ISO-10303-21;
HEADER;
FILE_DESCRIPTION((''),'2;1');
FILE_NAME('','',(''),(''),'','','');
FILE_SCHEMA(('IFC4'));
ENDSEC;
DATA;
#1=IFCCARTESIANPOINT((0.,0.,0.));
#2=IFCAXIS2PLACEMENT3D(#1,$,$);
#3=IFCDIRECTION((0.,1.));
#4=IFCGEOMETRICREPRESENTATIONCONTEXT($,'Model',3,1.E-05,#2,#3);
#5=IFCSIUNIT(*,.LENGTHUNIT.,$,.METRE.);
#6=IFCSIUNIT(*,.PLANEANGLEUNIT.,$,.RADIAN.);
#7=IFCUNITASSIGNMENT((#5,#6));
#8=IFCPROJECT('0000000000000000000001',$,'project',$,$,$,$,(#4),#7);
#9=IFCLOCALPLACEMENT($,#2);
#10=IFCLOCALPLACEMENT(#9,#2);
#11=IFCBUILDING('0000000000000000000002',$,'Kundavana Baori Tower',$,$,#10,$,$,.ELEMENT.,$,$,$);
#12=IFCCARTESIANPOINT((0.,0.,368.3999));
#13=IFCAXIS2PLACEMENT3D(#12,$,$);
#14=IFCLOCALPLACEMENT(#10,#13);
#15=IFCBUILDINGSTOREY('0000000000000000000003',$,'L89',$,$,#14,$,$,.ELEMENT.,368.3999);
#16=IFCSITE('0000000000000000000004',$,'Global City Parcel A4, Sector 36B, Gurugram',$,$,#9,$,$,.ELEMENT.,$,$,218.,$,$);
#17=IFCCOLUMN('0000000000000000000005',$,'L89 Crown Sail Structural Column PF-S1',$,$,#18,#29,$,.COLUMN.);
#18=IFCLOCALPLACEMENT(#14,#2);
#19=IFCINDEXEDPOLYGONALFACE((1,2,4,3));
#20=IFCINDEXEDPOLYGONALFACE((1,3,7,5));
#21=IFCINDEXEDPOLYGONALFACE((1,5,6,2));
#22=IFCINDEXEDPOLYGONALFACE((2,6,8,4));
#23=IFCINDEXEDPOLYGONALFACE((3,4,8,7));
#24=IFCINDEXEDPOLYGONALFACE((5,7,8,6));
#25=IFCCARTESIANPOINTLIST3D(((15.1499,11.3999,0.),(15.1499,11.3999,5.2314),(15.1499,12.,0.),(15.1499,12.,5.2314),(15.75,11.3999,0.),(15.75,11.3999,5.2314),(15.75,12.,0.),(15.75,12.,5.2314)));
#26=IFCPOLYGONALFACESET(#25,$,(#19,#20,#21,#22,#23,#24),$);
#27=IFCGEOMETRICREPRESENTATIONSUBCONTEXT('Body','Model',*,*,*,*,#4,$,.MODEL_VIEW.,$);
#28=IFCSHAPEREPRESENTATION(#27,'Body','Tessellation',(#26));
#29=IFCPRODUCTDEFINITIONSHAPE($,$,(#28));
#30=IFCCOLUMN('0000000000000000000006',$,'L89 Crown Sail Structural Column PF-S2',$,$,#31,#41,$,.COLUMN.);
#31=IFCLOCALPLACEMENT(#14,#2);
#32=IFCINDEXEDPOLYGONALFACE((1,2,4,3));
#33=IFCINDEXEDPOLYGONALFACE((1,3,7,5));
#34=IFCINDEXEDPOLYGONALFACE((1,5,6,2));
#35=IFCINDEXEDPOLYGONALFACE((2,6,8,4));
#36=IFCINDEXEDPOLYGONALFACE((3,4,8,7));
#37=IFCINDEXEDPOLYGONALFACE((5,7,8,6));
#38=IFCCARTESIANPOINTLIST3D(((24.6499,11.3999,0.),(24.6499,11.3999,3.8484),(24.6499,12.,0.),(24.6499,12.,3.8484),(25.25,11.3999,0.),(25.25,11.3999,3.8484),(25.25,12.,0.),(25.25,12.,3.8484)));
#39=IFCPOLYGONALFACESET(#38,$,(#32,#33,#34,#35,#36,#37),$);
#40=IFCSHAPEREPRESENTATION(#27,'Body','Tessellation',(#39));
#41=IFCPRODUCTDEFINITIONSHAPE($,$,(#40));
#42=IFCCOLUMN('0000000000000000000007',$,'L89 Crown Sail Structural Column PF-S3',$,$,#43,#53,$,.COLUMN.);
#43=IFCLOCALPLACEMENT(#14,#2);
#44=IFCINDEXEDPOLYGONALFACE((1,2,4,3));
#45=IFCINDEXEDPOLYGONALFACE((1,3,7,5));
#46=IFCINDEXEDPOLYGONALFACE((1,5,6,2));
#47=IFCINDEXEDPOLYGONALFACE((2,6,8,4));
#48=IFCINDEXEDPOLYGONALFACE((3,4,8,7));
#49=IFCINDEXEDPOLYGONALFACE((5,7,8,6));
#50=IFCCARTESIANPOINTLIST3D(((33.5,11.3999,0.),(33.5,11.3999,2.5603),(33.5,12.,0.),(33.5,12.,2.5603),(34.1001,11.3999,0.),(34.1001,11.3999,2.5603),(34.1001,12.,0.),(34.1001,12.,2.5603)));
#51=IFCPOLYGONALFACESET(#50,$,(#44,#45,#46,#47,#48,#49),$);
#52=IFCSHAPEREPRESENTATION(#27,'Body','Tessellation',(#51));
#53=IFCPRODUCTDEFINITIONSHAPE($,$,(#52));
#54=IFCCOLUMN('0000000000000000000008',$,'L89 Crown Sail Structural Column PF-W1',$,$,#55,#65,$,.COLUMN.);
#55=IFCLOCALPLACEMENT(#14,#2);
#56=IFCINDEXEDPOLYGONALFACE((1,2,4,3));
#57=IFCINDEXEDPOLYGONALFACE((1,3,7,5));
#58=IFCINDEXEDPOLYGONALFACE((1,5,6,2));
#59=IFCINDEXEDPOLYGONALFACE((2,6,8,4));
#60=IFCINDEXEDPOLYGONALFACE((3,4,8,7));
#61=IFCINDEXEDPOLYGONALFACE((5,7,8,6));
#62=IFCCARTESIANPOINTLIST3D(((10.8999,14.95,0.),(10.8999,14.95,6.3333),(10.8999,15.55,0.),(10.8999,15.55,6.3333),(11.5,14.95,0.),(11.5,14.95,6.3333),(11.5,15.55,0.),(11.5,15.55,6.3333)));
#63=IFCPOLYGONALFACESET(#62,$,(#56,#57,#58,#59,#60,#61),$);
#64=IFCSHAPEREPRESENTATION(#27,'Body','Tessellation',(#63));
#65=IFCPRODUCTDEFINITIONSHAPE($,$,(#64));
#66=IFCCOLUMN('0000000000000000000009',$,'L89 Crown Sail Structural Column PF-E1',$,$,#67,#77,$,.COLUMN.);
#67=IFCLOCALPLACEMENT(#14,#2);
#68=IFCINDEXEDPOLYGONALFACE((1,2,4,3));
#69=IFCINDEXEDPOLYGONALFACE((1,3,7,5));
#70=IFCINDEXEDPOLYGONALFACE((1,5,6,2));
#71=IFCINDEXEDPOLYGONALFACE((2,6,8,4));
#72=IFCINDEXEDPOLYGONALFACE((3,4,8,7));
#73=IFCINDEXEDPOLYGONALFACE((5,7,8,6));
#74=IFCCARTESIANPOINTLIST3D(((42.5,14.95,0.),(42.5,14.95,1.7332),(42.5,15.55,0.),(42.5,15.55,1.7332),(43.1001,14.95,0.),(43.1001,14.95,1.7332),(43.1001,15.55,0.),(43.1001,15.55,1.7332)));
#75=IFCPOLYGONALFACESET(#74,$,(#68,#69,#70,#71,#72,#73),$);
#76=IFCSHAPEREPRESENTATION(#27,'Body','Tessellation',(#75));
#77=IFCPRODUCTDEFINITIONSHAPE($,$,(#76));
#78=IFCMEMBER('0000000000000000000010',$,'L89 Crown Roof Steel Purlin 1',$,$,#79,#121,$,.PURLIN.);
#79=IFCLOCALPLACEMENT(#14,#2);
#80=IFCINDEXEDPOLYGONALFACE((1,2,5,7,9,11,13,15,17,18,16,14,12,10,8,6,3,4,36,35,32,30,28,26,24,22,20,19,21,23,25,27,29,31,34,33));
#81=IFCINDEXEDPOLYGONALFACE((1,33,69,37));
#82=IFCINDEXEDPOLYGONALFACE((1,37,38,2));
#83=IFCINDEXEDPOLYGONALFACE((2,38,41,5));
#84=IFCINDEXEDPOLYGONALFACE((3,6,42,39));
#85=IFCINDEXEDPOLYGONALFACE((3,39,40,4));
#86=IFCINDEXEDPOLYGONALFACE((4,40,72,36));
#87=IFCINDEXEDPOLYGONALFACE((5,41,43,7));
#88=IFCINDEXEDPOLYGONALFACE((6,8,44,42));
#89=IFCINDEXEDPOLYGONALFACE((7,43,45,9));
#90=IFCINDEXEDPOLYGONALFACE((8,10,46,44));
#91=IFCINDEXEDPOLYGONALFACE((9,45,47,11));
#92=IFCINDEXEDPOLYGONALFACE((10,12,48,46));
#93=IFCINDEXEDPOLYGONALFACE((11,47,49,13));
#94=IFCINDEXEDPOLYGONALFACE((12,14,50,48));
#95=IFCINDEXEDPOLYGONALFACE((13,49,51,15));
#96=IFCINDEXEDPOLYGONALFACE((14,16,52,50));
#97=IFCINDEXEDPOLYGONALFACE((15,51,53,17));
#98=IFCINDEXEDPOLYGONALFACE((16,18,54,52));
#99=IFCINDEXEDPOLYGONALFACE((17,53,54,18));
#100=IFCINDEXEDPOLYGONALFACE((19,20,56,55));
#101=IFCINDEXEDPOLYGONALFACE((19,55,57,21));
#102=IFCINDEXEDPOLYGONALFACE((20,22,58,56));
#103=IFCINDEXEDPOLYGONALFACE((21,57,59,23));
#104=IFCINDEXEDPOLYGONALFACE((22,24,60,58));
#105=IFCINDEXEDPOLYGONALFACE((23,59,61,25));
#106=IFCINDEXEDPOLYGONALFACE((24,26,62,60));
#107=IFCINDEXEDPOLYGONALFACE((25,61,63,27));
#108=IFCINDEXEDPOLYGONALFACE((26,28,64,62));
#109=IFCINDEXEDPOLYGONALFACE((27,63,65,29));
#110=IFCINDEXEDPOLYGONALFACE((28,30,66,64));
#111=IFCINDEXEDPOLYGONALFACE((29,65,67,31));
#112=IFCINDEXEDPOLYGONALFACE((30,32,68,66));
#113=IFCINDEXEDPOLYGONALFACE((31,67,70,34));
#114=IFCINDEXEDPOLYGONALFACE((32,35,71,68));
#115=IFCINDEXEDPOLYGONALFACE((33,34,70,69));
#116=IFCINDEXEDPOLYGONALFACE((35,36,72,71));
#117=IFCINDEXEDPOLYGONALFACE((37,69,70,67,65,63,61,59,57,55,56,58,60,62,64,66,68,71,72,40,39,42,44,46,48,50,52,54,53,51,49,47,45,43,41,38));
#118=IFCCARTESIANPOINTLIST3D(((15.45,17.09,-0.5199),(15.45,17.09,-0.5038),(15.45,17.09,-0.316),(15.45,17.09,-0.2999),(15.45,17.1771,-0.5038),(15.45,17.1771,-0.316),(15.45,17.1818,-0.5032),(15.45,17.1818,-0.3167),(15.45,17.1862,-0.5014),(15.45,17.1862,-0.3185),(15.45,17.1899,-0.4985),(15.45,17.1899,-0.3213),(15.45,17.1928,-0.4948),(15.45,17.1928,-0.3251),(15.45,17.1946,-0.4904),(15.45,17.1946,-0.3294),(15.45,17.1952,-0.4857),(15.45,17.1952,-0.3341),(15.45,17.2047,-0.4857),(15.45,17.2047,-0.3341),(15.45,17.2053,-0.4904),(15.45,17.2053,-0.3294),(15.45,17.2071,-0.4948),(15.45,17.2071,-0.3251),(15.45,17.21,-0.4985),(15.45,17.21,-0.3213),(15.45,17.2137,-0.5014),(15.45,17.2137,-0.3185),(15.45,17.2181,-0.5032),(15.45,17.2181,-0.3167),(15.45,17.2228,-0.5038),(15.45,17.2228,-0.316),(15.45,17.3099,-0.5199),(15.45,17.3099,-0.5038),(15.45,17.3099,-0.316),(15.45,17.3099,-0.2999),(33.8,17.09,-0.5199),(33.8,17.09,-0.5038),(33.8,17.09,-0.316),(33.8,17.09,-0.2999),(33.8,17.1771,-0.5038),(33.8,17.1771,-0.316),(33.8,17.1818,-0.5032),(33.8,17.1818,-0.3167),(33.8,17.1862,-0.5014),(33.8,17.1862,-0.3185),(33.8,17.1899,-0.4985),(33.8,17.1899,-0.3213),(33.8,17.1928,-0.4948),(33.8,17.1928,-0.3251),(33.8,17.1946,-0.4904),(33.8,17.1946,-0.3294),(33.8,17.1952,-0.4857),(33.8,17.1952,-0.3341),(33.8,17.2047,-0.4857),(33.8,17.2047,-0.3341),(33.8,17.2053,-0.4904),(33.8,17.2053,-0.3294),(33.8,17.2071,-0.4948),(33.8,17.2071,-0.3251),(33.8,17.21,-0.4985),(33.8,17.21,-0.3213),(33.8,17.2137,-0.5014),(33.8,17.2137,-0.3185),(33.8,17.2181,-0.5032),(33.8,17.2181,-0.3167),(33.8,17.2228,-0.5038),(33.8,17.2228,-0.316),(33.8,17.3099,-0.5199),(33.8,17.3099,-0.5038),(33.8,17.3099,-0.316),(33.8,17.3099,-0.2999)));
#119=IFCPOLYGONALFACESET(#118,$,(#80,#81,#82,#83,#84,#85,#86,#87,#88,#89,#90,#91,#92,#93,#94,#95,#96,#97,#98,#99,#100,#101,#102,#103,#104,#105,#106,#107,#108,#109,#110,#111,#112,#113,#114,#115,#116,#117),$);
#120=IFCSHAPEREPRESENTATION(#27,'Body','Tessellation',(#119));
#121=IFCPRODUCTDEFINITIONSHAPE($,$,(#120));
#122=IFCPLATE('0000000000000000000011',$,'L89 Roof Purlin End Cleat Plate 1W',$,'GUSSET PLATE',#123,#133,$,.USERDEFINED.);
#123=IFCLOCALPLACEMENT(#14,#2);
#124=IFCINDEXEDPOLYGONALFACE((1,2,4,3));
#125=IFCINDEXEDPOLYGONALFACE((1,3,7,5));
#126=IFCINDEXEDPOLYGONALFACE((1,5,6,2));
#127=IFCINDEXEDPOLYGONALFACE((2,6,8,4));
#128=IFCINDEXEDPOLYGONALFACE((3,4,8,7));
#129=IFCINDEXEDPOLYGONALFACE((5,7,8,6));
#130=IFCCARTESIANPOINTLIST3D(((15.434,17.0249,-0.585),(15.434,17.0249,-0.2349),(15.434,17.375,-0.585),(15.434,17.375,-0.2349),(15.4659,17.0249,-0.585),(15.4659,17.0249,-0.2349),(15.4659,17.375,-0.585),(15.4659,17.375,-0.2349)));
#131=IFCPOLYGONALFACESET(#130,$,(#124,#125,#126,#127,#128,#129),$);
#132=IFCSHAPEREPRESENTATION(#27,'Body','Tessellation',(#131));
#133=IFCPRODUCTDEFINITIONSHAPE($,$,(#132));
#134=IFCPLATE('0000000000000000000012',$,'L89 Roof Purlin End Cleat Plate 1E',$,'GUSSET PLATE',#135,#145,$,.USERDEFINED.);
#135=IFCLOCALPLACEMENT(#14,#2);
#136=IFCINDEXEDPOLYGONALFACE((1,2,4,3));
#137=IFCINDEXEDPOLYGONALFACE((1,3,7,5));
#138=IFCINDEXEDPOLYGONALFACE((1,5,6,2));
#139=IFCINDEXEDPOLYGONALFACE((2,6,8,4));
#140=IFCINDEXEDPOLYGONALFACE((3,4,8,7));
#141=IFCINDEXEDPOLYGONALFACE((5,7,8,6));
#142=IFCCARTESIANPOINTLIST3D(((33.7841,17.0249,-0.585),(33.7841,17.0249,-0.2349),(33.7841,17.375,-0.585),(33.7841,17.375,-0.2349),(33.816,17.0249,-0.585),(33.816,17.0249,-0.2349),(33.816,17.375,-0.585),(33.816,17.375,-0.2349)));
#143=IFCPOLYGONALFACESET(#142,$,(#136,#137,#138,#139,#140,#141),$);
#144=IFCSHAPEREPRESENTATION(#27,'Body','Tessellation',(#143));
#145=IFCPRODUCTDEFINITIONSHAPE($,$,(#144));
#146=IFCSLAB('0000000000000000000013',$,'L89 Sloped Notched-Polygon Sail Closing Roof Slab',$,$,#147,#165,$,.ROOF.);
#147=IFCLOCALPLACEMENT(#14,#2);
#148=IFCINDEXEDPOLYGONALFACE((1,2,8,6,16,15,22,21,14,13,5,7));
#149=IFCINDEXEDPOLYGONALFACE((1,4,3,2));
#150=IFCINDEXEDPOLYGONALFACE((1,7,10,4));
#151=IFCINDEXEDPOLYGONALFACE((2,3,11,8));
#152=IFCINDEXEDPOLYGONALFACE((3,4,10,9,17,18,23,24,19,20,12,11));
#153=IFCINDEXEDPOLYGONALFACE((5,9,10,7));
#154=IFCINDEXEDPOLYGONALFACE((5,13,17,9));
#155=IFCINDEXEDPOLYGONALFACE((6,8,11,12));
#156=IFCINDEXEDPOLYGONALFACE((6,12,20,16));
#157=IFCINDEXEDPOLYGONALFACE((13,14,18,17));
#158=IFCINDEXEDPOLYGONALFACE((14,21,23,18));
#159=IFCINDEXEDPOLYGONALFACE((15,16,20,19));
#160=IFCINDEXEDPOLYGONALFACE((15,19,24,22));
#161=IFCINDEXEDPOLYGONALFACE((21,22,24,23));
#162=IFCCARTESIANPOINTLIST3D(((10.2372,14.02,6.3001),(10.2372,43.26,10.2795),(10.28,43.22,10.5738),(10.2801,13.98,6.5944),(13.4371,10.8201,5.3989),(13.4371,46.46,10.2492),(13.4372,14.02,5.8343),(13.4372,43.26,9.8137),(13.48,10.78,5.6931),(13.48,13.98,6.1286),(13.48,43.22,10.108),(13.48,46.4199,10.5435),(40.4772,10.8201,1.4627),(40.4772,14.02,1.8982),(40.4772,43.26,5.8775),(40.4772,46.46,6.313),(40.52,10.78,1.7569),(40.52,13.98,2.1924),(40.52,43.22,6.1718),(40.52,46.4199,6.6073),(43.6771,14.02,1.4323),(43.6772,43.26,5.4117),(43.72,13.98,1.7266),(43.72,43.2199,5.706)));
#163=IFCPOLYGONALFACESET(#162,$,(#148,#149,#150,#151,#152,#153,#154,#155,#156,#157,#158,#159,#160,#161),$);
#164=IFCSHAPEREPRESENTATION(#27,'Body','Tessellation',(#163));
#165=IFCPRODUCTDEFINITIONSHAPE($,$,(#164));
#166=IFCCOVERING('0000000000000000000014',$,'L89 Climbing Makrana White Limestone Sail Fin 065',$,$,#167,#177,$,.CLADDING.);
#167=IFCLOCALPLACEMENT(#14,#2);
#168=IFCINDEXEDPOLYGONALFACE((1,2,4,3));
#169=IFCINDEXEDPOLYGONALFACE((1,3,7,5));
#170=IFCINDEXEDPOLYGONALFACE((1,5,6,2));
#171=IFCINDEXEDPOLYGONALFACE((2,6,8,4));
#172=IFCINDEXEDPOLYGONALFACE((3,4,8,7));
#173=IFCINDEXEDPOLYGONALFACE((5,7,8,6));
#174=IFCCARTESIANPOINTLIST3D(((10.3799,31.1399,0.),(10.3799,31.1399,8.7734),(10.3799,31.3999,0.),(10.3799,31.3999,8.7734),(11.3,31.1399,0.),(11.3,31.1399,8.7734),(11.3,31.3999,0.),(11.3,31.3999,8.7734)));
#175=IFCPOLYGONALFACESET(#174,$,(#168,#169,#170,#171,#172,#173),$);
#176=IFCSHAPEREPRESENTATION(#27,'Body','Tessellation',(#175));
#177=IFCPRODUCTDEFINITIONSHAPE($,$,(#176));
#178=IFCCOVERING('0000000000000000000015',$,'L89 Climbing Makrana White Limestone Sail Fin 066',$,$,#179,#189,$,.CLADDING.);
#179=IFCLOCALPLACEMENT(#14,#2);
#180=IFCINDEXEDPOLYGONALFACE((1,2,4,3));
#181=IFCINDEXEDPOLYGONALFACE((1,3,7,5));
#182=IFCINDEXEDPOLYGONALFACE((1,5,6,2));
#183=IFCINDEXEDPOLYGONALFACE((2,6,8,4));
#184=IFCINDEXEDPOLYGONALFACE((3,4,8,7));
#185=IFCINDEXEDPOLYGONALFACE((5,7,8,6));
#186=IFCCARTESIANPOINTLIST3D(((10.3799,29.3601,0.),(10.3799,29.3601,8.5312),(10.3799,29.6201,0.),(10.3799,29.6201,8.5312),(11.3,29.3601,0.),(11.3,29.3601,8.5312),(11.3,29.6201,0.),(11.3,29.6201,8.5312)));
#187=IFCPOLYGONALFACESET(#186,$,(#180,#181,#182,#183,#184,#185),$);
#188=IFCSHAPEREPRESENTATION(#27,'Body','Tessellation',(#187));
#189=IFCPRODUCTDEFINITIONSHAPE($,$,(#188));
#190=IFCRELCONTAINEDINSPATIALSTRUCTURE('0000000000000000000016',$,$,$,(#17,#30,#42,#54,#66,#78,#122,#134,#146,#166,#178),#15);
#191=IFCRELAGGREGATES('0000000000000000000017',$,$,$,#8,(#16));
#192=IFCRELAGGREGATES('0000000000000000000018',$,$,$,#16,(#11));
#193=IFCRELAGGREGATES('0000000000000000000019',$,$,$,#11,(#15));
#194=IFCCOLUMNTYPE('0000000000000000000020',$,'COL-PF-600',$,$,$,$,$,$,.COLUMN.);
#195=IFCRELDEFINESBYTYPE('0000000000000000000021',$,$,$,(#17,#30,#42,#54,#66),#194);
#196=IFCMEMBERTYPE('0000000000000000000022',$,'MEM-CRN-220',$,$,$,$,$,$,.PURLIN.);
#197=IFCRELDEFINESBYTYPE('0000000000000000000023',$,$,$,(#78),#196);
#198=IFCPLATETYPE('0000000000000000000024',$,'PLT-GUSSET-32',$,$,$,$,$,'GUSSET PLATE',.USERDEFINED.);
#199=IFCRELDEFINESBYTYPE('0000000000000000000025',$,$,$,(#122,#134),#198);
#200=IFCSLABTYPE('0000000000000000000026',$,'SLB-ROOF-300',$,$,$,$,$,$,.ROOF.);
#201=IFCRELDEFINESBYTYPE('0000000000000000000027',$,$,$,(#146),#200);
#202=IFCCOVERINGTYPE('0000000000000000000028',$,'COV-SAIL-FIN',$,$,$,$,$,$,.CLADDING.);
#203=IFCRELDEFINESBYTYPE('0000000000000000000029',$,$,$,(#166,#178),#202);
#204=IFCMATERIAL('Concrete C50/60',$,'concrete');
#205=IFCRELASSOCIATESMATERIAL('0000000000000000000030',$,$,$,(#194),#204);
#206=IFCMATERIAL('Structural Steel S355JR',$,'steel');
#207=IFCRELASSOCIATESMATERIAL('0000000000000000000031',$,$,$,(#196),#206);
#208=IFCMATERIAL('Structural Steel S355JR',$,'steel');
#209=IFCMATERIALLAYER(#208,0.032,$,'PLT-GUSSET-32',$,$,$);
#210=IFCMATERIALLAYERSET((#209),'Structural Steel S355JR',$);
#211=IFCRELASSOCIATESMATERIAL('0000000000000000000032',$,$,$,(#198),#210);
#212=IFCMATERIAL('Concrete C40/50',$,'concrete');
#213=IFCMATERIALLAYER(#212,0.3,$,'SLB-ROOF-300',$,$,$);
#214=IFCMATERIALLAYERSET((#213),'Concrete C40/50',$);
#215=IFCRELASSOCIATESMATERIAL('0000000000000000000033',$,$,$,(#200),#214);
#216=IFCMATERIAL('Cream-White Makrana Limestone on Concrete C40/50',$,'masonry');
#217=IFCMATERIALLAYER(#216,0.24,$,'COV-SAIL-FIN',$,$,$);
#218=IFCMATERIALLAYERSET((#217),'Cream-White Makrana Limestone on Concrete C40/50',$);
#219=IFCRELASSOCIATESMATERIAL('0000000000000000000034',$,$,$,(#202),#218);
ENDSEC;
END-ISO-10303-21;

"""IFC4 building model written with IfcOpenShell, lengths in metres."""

from ifc_helpers import new_model, si_unit, direction, frame, origin, origin_2d, place, context, subcontext, project, spatial, polyline, rectangle, i_section, outline, extrude, material, layer, layer_set, material_profile, profile_set, type_object, element, save


model = new_model("IFC4")

# Units and contexts
model_context = context("Model", 3, precision=1e-05, world=origin(), true_north=direction((0.0, 1.0)))
body_context = subcontext(model_context, "Body", "Model", "MODEL_VIEW")
ifc_project = project(units=[si_unit("LENGTHUNIT", "METRE"), si_unit("PLANEANGLEUNIT", "RADIAN")], contexts=[model_context])

# Site, building, storey
site_placement = place(None, origin())
site = spatial("IfcSite", under=ifc_project, at=site_placement, Name="Global City Parcel A4, Sector 36B, Gurugram", CompositionType="ELEMENT", RefElevation=218.0)
building_placement = place(site_placement, origin())
building = spatial("IfcBuilding", under=site, at=building_placement, Name="Kundavana Baori Tower", CompositionType="ELEMENT")
storey_placement = place(building_placement, frame((0.0, 0.0, 368.3999)))
storey = spatial("IfcBuildingStorey", under=building, at=storey_placement, Name="L89", CompositionType="ELEMENT", Elevation=368.3999)

# Columns
ifc_material_1 = material(Name="Concrete C50/60", Category="concrete")
ifc_material_profile_1 = material_profile(ifc_material_1, rectangle(XDim=0.6001, YDim=0.6001, at=origin_2d()), Name="RC PF 600x600")
ifc_profile_set_1 = profile_set([ifc_material_profile_1], Name="Concrete C50/60")
column_type = type_object("IfcColumnType", Name="COL-PF-600", PredefinedType="COLUMN", material=ifc_profile_set_1)
column_1_placement = place(storey_placement, frame((15.45, 11.7, 0.0), z_axis=(0.0, 0.0, 1.0), x_axis=(1.0, 0.0, 0.0)))
element("IfcColumn", 1, at=column_1_placement, inside=storey, type_object=column_type, Name="L89 Crown Sail Structural Column PF-S1", PredefinedType="COLUMN", context=body_context, shape_type="SweptSolid", body=[
    extrude(rectangle(XDim=0.6001, YDim=0.6001, at=origin_2d()), origin(), (0.0, 0.0, 1.0), 5.2314),
])
column_2_placement = place(storey_placement, frame((24.95, 11.7, 0.0), z_axis=(0.0, 0.0, 1.0), x_axis=(1.0, 0.0, 0.0)))
element("IfcColumn", 2, at=column_2_placement, inside=storey, type_object=column_type, Name="L89 Crown Sail Structural Column PF-S2", PredefinedType="COLUMN", context=body_context, shape_type="SweptSolid", body=[
    extrude(rectangle(XDim=0.6001, YDim=0.6001, at=origin_2d()), origin(), (0.0, 0.0, 1.0), 3.8484),
])
column_3_placement = place(storey_placement, frame((33.8, 11.7, 0.0), z_axis=(0.0, 0.0, 1.0), x_axis=(1.0, 0.0, 0.0)))
element("IfcColumn", 3, at=column_3_placement, inside=storey, type_object=column_type, Name="L89 Crown Sail Structural Column PF-S3", PredefinedType="COLUMN", context=body_context, shape_type="SweptSolid", body=[
    extrude(rectangle(XDim=0.6001, YDim=0.6001, at=origin_2d()), origin(), (0.0, 0.0, 1.0), 2.5603),
])
column_4_placement = place(storey_placement, frame((11.2, 15.25, 0.0), z_axis=(0.0, 0.0, 1.0), x_axis=(1.0, 0.0, 0.0)))
element("IfcColumn", 4, at=column_4_placement, inside=storey, type_object=column_type, Name="L89 Crown Sail Structural Column PF-W1", PredefinedType="COLUMN", context=body_context, shape_type="SweptSolid", body=[
    extrude(rectangle(XDim=0.6001, YDim=0.6001, at=origin_2d()), origin(), (0.0, 0.0, 1.0), 6.3333),
])
column_5_placement = place(storey_placement, frame((42.8, 15.25, 0.0), z_axis=(0.0, 0.0, 1.0), x_axis=(1.0, 0.0, 0.0)))
element("IfcColumn", 5, at=column_5_placement, inside=storey, type_object=column_type, Name="L89 Crown Sail Structural Column PF-E1", PredefinedType="COLUMN", context=body_context, shape_type="SweptSolid", body=[
    extrude(rectangle(XDim=0.6001, YDim=0.6001, at=origin_2d()), origin(), (0.0, 0.0, 1.0), 1.7332),
])

# Member
ifc_material_2 = material(Name="Structural Steel S355JR", Category="steel")
ifc_material_profile_2 = material_profile(ifc_material_2, i_section(OverallWidth=0.22, OverallDepth=0.22, WebThickness=0.0095, FlangeThickness=0.0161, FilletRadius=0.0181, at=origin_2d()), Name="WPB 220x220x71")
ifc_profile_set_2 = profile_set([ifc_material_profile_2], Name="Structural Steel S355JR")
member_type = type_object("IfcMemberType", Name="MEM-CRN-220", PredefinedType="PURLIN", material=ifc_profile_set_2)
member_placement = place(storey_placement, frame((15.45, 17.2, -0.4099), z_axis=(1.0, 0.0, 0.0), x_axis=(0.0, 1.0, 0.0)))
element("IfcMember", 6, at=member_placement, inside=storey, type_object=member_type, Name="L89 Crown Roof Steel Purlin 1", PredefinedType="PURLIN", context=body_context, shape_type="SweptSolid", body=[
    extrude(i_section(OverallWidth=0.22, OverallDepth=0.22, WebThickness=0.0095, FlangeThickness=0.0161, FilletRadius=0.0181, at=origin_2d()), origin(), (0.0, 0.0, 1.0), 18.3501),
])

# Plates
ifc_material_3 = material(Name="Structural Steel S355JR", Category="steel")
ifc_layer_1 = layer(ifc_material_3, 0.032, Name="PLT-GUSSET-32")
ifc_layer_set_1 = layer_set([ifc_layer_1], Name="Structural Steel S355JR")
plate_type = type_object("IfcPlateType", Name="PLT-GUSSET-32", ElementType="GUSSET PLATE", PredefinedType="USERDEFINED", material=ifc_layer_set_1)
for number, where, z_axis, x_axis, name in (
    (7, (15.45, 17.2, -0.585), (0.0, 0.0, 1.0), (1.0, 0.0, 0.0), "L89 Roof Purlin End Cleat Plate 1W"),
    (8, (33.8, 17.2, -0.585), (0.0, 0.0, 1.0), (1.0, 0.0, 0.0), "L89 Roof Purlin End Cleat Plate 1E"),
):
    element("IfcPlate", number, at=place(storey_placement, frame(where, z_axis=z_axis, x_axis=x_axis)), inside=storey, type_object=plate_type, Name=name, ObjectType="GUSSET PLATE", PredefinedType="USERDEFINED", context=body_context, shape_type="SweptSolid", body=[
        extrude(rectangle(XDim=0.032, YDim=0.3501, at=origin_2d()), origin(), (0.0, 0.0, 1.0), 0.3501),
    ])

# Slab
ifc_material_4 = material(Name="Concrete C40/50", Category="concrete")
ifc_layer_2 = layer(ifc_material_4, 0.3, Name="SLB-ROOF-300")
ifc_layer_set_2 = layer_set([ifc_layer_2], Name="Concrete C40/50")
slab_type = type_object("IfcSlabType", Name="SLB-ROOF-300", PredefinedType="ROOF", material=ifc_layer_set_2)
slab_placement = place(storey_placement, frame((13.48, 10.78, 5.6931), z_axis=(0.142762, -0.133469, 0.980717), x_axis=(0.98957, 0.0, -0.14405)))
element("IfcSlab", 9, at=slab_placement, inside=storey, type_object=slab_type, Name="L89 Sloped Notched-Polygon Sail Closing Roof Slab", PredefinedType="ROOF", context=body_context, shape_type="SweptSolid", body=[
    extrude(outline(polyline([(0.0, 0.0), (27.325, 0.0), (27.2623, 3.2288), (30.496, 3.2288), (29.9228, 32.7328), (26.6891, 32.7328), (26.6263, 35.9616), (-0.6987, 35.9616), (-0.636, 32.7328), (-3.8696, 32.7328), (-3.2964, 3.2288), (-0.0627, 3.2288), (0.0, 0.0)])), origin(), (0.0, 0.0, -1.0), 0.3),
])

# Coverings
ifc_material_5 = material(Name="Cream-White Makrana Limestone on Concrete C40/50", Category="masonry")
ifc_layer_3 = layer(ifc_material_5, 0.24, Name="COV-SAIL-FIN")
ifc_layer_set_3 = layer_set([ifc_layer_3], Name="Cream-White Makrana Limestone on Concrete C40/50")
covering_type_1 = type_object("IfcCoveringType", Name="COV-SAIL-FIN", PredefinedType="CLADDING", material=ifc_layer_set_3)
covering_1_placement = place(storey_placement, origin())
element("IfcCovering", 10, at=covering_1_placement, inside=storey, type_object=covering_type_1, Name="L89 Climbing Makrana White Limestone Sail Fin 065", PredefinedType="CLADDING", context=body_context, shape_type="SweptSolid", body=[
    extrude(outline(polyline([(10.3799, 31.1399), (11.3, 31.1399), (11.3, 31.3999), (10.3799, 31.3999), (10.3799, 31.1399)])), origin(), (0.0, 0.0, 1.0), 8.7734),
])
covering_2_placement = place(storey_placement, origin())
element("IfcCovering", 11, at=covering_2_placement, inside=storey, type_object=covering_type_1, Name="L89 Climbing Makrana White Limestone Sail Fin 066", PredefinedType="CLADDING", context=body_context, shape_type="SweptSolid", body=[
    extrude(outline(polyline([(10.3799, 29.3601), (11.3, 29.3601), (11.3, 29.6201), (10.3799, 29.6201), (10.3799, 29.3601)])), origin(), (0.0, 0.0, 1.0), 8.5312),
])

save(model, "model.ifc")
